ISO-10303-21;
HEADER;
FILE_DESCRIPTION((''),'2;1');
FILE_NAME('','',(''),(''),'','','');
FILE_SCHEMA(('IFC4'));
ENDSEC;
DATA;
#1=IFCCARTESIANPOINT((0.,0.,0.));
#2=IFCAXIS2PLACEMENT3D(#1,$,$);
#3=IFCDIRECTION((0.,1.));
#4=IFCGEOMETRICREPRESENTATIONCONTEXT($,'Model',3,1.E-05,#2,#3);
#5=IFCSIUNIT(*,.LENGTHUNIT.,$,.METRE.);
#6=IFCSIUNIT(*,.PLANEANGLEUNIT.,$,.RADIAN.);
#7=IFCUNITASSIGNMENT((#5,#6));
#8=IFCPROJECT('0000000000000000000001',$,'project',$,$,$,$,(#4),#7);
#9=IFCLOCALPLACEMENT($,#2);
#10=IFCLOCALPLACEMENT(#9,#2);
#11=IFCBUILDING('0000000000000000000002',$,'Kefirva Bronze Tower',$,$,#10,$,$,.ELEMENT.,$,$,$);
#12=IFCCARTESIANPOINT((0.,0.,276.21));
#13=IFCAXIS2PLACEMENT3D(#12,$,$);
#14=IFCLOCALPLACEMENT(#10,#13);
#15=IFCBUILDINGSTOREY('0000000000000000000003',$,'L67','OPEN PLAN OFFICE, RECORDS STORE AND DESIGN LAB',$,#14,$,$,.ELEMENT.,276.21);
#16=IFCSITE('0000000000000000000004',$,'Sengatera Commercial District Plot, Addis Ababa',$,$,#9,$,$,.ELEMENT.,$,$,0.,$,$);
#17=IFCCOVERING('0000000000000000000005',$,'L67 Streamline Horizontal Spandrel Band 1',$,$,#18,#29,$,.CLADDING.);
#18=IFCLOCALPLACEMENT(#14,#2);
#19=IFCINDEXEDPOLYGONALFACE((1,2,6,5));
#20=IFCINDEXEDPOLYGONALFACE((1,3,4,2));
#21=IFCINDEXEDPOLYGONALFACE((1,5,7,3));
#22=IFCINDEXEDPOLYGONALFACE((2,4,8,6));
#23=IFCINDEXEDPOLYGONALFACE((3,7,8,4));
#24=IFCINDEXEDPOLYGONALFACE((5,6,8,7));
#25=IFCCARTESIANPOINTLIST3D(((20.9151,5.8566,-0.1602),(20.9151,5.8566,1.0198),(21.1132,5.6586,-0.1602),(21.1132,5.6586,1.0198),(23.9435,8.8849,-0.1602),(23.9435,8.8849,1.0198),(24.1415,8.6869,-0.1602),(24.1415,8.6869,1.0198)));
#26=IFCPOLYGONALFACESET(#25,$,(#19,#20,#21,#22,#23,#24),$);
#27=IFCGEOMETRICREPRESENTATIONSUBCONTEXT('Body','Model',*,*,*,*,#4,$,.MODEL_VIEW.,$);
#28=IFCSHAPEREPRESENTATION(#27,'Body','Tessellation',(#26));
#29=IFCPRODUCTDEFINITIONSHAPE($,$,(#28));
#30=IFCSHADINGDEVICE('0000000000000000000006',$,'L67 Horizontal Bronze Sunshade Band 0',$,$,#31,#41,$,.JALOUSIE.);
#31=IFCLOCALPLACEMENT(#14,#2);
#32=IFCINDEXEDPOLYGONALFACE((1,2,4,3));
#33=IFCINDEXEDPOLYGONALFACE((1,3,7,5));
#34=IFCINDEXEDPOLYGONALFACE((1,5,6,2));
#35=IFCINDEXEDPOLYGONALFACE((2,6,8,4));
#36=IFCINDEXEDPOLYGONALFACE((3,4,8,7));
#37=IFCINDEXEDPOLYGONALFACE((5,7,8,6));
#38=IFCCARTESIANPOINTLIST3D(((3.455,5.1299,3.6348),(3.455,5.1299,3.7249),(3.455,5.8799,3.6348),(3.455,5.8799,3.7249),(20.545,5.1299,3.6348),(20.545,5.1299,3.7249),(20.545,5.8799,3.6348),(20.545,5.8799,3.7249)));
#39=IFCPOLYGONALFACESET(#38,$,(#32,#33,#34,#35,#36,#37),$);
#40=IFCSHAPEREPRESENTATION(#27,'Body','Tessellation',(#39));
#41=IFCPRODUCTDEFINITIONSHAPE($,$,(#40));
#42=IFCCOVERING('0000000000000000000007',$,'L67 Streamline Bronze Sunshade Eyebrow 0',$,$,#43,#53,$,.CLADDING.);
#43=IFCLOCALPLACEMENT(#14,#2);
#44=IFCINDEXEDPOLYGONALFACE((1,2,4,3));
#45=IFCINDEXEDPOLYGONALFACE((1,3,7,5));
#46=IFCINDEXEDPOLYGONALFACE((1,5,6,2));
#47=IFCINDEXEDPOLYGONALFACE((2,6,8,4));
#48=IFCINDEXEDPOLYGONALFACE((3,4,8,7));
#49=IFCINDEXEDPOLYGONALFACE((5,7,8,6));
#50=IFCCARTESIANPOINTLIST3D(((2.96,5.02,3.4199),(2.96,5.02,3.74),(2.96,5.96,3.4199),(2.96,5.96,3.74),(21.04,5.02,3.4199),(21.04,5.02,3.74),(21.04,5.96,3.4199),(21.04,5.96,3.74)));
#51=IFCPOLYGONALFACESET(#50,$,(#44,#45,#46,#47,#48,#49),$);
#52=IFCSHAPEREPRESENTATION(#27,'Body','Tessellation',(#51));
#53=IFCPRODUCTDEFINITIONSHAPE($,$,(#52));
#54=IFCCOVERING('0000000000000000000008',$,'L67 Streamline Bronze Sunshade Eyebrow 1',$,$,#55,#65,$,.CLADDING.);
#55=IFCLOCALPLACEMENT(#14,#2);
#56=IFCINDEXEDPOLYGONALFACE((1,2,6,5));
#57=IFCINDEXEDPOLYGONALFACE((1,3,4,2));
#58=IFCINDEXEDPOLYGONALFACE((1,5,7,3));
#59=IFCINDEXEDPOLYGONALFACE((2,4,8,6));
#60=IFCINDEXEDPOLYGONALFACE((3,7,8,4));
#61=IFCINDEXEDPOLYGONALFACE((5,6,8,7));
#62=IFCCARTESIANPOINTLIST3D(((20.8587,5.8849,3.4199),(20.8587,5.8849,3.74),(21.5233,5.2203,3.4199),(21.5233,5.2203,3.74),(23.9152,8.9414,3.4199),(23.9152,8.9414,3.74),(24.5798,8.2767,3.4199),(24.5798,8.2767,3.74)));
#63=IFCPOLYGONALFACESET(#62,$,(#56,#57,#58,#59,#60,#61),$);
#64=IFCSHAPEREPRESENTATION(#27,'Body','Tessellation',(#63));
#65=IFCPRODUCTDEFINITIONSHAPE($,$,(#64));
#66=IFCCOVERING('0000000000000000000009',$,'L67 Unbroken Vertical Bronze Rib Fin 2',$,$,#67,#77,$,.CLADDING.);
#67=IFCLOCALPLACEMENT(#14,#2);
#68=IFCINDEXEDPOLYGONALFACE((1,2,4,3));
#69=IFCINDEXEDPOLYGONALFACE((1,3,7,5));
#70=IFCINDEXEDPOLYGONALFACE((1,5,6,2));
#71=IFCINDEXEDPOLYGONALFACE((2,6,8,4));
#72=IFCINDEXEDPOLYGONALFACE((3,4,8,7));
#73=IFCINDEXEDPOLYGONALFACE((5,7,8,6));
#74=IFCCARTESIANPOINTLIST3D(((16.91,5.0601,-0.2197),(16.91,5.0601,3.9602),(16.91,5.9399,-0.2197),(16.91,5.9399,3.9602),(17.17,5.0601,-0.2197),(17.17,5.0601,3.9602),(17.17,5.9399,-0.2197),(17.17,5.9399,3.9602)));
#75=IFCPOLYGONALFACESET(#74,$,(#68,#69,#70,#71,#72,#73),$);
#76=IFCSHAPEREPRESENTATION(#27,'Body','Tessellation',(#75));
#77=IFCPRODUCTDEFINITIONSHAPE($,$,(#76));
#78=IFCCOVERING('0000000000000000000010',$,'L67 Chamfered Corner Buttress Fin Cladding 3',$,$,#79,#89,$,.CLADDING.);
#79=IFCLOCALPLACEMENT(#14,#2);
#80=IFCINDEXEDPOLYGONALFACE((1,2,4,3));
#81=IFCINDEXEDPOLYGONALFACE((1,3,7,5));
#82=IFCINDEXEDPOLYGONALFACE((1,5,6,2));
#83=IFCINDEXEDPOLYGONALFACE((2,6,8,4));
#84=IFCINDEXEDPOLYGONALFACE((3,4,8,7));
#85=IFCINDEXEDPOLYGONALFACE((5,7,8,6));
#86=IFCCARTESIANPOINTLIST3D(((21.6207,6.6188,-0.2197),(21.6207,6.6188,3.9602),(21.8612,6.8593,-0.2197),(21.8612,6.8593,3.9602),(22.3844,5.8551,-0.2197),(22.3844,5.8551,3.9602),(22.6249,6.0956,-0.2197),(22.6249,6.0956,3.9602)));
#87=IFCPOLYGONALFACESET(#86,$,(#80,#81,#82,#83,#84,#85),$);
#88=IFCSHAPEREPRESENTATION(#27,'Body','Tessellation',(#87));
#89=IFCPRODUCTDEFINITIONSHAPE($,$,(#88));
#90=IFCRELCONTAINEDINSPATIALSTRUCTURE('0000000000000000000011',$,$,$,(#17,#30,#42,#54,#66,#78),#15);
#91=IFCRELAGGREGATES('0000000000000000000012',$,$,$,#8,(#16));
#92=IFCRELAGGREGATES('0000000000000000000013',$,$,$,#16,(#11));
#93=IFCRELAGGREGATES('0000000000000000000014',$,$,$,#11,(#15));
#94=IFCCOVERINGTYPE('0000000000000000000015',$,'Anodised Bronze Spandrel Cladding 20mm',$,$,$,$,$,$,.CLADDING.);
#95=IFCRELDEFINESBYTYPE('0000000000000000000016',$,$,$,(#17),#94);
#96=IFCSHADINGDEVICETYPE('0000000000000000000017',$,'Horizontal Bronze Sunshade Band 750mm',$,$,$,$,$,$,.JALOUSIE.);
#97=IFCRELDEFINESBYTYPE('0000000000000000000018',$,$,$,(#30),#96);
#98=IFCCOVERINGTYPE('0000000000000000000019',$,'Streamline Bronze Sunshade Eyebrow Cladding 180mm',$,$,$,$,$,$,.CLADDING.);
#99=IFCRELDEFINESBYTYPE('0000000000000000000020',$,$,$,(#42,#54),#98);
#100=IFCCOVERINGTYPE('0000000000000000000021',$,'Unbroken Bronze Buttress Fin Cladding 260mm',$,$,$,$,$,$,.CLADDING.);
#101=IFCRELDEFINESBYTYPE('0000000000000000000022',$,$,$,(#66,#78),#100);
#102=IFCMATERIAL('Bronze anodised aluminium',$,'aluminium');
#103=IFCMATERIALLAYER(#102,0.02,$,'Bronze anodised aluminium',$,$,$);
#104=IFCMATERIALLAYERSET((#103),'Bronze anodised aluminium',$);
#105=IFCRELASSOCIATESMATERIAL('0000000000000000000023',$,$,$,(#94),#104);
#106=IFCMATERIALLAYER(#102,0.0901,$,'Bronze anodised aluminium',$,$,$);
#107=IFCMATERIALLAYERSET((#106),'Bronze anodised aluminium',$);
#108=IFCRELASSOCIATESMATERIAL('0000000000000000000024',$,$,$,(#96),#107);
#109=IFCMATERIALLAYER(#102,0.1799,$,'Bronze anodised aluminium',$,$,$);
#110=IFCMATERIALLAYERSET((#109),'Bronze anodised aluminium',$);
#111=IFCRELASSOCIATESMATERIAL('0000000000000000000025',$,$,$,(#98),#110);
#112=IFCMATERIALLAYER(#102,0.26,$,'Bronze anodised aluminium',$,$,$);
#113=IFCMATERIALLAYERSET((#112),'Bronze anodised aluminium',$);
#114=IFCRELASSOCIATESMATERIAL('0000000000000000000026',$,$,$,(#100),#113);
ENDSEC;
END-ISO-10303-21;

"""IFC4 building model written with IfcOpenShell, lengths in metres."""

from ifc_helpers import new_model, si_unit, direction, frame, origin, origin_2d, place, context, subcontext, project, spatial, rectangle, extrude, material, layer, layer_set, type_object, element, save


model = new_model("IFC4")

# Units and contexts
model_context = context("Model", 3, precision=1e-05, world=origin(), true_north=direction((0.0, 1.0)))
body_context = subcontext(model_context, "Body", "Model", "MODEL_VIEW")
ifc_project = project(units=[si_unit("LENGTHUNIT", "METRE"), si_unit("PLANEANGLEUNIT", "RADIAN")], contexts=[model_context])

# Site, building, storey
site_placement = place(None, origin())
site = spatial("IfcSite", under=ifc_project, at=site_placement, Name="Sengatera Commercial District Plot, Addis Ababa", CompositionType="ELEMENT", RefElevation=0.0)
building_placement = place(site_placement, origin())
building = spatial("IfcBuilding", under=site, at=building_placement, Name="Kefirva Bronze Tower", CompositionType="ELEMENT")
storey_placement = place(building_placement, frame((0.0, 0.0, 276.21)))
storey = spatial("IfcBuildingStorey", under=building, at=storey_placement, Name="L67", Description="OPEN PLAN OFFICE, RECORDS STORE AND DESIGN LAB", CompositionType="ELEMENT", Elevation=276.21)

# Shared definitions
ifc_material_1 = material(Name="Bronze anodised aluminium", Category="aluminium")

# Covering
ifc_layer_1 = layer(ifc_material_1, 0.02, Name="Bronze anodised aluminium")
ifc_layer_set_1 = layer_set([ifc_layer_1], Name="Bronze anodised aluminium")
covering_type_1 = type_object("IfcCoveringType", Name="Anodised Bronze Spandrel Cladding 20mm", PredefinedType="CLADDING", material=ifc_layer_set_1)
covering_1_placement = place(storey_placement, frame((22.5283, 7.2717, -0.1602), z_axis=(0.0, 0.0, 1.0), x_axis=(0.707107, 0.707107, 0.0)))
element("IfcCovering", 1, at=covering_1_placement, inside=storey, type_object=covering_type_1, Name="L67 Streamline Horizontal Spandrel Band 1", PredefinedType="CLADDING", context=body_context, shape_type="SweptSolid", body=[
    extrude(rectangle(XDim=4.2827, YDim=0.28, at=origin_2d()), origin(), (0.0, 0.0, 1.0), 1.1799),
])

# Shading device
ifc_layer_2 = layer(ifc_material_1, 0.0901, Name="Bronze anodised aluminium")
ifc_layer_set_2 = layer_set([ifc_layer_2], Name="Bronze anodised aluminium")
shading_device_type = type_object("IfcShadingDeviceType", Name="Horizontal Bronze Sunshade Band 750mm", PredefinedType="JALOUSIE", material=ifc_layer_set_2)
shading_device_placement = place(storey_placement, frame((12.0, 5.5049, 3.6348), z_axis=(0.0, 0.0, 1.0), x_axis=(1.0, 0.0, 0.0)))
element("IfcShadingDevice", 2, at=shading_device_placement, inside=storey, type_object=shading_device_type, Name="L67 Horizontal Bronze Sunshade Band 0", PredefinedType="JALOUSIE", context=body_context, shape_type="SweptSolid", body=[
    extrude(rectangle(XDim=17.0901, YDim=0.75, at=origin_2d()), origin(), (0.0, 0.0, 1.0), 0.0901),
])

# Coverings
ifc_layer_3 = layer(ifc_material_1, 0.1799, Name="Bronze anodised aluminium")
ifc_layer_set_3 = layer_set([ifc_layer_3], Name="Bronze anodised aluminium")
covering_type_2 = type_object("IfcCoveringType", Name="Streamline Bronze Sunshade Eyebrow Cladding 180mm", PredefinedType="CLADDING", material=ifc_layer_set_3)
covering_2_placement = place(storey_placement, frame((12.0, 5.49, 3.4199), z_axis=(0.0, 0.0, 1.0), x_axis=(1.0, 0.0, 0.0)))
element("IfcCovering", 3, at=covering_2_placement, inside=storey, type_object=covering_type_2, Name="L67 Streamline Bronze Sunshade Eyebrow 0", PredefinedType="CLADDING", context=body_context, shape_type="SweptSolid", body=[
    extrude(rectangle(XDim=18.0801, YDim=0.9399, at=origin_2d()), origin(), (0.0, 0.0, 1.0), 0.3201),
])
covering_3_placement = place(storey_placement, frame((22.7192, 7.0808, 3.4199), z_axis=(0.0, 0.0, 1.0), x_axis=(0.707107, 0.707107, 0.0)))
element("IfcCovering", 4, at=covering_3_placement, inside=storey, type_object=covering_type_2, Name="L67 Streamline Bronze Sunshade Eyebrow 1", PredefinedType="CLADDING", context=body_context, shape_type="SweptSolid", body=[
    extrude(rectangle(XDim=4.3225, YDim=0.9399, at=origin_2d()), origin(), (0.0, 0.0, 1.0), 0.3201),
])
ifc_layer_4 = layer(ifc_material_1, 0.26, Name="Bronze anodised aluminium")
ifc_layer_set_4 = layer_set([ifc_layer_4], Name="Bronze anodised aluminium")
covering_type_3 = type_object("IfcCoveringType", Name="Unbroken Bronze Buttress Fin Cladding 260mm", PredefinedType="CLADDING", material=ifc_layer_set_4)
covering_4_placement = place(storey_placement, frame((17.04, 5.5, -0.2197), z_axis=(0.0, 0.0, 1.0), x_axis=(1.0, 0.0, 0.0)))
element("IfcCovering", 5, at=covering_4_placement, inside=storey, type_object=covering_type_3, Name="L67 Unbroken Vertical Bronze Rib Fin 2", PredefinedType="CLADDING", context=body_context, shape_type="SweptSolid", body=[
    extrude(rectangle(XDim=0.26, YDim=0.8799, at=origin_2d()), origin(), (0.0, 0.0, 1.0), 4.1799),
])
covering_5_placement = place(storey_placement, frame((22.1228, 6.3572, -0.2197), z_axis=(0.0, 0.0, 1.0), x_axis=(0.707107, 0.707107, 0.0)))
element("IfcCovering", 6, at=covering_5_placement, inside=storey, type_object=covering_type_3, Name="L67 Chamfered Corner Buttress Fin Cladding 3", PredefinedType="CLADDING", context=body_context, shape_type="SweptSolid", body=[
    extrude(rectangle(XDim=0.3401, YDim=1.0801, at=origin_2d()), origin(), (0.0, 0.0, 1.0), 4.1799),
])

save(model, "model.ifc")
